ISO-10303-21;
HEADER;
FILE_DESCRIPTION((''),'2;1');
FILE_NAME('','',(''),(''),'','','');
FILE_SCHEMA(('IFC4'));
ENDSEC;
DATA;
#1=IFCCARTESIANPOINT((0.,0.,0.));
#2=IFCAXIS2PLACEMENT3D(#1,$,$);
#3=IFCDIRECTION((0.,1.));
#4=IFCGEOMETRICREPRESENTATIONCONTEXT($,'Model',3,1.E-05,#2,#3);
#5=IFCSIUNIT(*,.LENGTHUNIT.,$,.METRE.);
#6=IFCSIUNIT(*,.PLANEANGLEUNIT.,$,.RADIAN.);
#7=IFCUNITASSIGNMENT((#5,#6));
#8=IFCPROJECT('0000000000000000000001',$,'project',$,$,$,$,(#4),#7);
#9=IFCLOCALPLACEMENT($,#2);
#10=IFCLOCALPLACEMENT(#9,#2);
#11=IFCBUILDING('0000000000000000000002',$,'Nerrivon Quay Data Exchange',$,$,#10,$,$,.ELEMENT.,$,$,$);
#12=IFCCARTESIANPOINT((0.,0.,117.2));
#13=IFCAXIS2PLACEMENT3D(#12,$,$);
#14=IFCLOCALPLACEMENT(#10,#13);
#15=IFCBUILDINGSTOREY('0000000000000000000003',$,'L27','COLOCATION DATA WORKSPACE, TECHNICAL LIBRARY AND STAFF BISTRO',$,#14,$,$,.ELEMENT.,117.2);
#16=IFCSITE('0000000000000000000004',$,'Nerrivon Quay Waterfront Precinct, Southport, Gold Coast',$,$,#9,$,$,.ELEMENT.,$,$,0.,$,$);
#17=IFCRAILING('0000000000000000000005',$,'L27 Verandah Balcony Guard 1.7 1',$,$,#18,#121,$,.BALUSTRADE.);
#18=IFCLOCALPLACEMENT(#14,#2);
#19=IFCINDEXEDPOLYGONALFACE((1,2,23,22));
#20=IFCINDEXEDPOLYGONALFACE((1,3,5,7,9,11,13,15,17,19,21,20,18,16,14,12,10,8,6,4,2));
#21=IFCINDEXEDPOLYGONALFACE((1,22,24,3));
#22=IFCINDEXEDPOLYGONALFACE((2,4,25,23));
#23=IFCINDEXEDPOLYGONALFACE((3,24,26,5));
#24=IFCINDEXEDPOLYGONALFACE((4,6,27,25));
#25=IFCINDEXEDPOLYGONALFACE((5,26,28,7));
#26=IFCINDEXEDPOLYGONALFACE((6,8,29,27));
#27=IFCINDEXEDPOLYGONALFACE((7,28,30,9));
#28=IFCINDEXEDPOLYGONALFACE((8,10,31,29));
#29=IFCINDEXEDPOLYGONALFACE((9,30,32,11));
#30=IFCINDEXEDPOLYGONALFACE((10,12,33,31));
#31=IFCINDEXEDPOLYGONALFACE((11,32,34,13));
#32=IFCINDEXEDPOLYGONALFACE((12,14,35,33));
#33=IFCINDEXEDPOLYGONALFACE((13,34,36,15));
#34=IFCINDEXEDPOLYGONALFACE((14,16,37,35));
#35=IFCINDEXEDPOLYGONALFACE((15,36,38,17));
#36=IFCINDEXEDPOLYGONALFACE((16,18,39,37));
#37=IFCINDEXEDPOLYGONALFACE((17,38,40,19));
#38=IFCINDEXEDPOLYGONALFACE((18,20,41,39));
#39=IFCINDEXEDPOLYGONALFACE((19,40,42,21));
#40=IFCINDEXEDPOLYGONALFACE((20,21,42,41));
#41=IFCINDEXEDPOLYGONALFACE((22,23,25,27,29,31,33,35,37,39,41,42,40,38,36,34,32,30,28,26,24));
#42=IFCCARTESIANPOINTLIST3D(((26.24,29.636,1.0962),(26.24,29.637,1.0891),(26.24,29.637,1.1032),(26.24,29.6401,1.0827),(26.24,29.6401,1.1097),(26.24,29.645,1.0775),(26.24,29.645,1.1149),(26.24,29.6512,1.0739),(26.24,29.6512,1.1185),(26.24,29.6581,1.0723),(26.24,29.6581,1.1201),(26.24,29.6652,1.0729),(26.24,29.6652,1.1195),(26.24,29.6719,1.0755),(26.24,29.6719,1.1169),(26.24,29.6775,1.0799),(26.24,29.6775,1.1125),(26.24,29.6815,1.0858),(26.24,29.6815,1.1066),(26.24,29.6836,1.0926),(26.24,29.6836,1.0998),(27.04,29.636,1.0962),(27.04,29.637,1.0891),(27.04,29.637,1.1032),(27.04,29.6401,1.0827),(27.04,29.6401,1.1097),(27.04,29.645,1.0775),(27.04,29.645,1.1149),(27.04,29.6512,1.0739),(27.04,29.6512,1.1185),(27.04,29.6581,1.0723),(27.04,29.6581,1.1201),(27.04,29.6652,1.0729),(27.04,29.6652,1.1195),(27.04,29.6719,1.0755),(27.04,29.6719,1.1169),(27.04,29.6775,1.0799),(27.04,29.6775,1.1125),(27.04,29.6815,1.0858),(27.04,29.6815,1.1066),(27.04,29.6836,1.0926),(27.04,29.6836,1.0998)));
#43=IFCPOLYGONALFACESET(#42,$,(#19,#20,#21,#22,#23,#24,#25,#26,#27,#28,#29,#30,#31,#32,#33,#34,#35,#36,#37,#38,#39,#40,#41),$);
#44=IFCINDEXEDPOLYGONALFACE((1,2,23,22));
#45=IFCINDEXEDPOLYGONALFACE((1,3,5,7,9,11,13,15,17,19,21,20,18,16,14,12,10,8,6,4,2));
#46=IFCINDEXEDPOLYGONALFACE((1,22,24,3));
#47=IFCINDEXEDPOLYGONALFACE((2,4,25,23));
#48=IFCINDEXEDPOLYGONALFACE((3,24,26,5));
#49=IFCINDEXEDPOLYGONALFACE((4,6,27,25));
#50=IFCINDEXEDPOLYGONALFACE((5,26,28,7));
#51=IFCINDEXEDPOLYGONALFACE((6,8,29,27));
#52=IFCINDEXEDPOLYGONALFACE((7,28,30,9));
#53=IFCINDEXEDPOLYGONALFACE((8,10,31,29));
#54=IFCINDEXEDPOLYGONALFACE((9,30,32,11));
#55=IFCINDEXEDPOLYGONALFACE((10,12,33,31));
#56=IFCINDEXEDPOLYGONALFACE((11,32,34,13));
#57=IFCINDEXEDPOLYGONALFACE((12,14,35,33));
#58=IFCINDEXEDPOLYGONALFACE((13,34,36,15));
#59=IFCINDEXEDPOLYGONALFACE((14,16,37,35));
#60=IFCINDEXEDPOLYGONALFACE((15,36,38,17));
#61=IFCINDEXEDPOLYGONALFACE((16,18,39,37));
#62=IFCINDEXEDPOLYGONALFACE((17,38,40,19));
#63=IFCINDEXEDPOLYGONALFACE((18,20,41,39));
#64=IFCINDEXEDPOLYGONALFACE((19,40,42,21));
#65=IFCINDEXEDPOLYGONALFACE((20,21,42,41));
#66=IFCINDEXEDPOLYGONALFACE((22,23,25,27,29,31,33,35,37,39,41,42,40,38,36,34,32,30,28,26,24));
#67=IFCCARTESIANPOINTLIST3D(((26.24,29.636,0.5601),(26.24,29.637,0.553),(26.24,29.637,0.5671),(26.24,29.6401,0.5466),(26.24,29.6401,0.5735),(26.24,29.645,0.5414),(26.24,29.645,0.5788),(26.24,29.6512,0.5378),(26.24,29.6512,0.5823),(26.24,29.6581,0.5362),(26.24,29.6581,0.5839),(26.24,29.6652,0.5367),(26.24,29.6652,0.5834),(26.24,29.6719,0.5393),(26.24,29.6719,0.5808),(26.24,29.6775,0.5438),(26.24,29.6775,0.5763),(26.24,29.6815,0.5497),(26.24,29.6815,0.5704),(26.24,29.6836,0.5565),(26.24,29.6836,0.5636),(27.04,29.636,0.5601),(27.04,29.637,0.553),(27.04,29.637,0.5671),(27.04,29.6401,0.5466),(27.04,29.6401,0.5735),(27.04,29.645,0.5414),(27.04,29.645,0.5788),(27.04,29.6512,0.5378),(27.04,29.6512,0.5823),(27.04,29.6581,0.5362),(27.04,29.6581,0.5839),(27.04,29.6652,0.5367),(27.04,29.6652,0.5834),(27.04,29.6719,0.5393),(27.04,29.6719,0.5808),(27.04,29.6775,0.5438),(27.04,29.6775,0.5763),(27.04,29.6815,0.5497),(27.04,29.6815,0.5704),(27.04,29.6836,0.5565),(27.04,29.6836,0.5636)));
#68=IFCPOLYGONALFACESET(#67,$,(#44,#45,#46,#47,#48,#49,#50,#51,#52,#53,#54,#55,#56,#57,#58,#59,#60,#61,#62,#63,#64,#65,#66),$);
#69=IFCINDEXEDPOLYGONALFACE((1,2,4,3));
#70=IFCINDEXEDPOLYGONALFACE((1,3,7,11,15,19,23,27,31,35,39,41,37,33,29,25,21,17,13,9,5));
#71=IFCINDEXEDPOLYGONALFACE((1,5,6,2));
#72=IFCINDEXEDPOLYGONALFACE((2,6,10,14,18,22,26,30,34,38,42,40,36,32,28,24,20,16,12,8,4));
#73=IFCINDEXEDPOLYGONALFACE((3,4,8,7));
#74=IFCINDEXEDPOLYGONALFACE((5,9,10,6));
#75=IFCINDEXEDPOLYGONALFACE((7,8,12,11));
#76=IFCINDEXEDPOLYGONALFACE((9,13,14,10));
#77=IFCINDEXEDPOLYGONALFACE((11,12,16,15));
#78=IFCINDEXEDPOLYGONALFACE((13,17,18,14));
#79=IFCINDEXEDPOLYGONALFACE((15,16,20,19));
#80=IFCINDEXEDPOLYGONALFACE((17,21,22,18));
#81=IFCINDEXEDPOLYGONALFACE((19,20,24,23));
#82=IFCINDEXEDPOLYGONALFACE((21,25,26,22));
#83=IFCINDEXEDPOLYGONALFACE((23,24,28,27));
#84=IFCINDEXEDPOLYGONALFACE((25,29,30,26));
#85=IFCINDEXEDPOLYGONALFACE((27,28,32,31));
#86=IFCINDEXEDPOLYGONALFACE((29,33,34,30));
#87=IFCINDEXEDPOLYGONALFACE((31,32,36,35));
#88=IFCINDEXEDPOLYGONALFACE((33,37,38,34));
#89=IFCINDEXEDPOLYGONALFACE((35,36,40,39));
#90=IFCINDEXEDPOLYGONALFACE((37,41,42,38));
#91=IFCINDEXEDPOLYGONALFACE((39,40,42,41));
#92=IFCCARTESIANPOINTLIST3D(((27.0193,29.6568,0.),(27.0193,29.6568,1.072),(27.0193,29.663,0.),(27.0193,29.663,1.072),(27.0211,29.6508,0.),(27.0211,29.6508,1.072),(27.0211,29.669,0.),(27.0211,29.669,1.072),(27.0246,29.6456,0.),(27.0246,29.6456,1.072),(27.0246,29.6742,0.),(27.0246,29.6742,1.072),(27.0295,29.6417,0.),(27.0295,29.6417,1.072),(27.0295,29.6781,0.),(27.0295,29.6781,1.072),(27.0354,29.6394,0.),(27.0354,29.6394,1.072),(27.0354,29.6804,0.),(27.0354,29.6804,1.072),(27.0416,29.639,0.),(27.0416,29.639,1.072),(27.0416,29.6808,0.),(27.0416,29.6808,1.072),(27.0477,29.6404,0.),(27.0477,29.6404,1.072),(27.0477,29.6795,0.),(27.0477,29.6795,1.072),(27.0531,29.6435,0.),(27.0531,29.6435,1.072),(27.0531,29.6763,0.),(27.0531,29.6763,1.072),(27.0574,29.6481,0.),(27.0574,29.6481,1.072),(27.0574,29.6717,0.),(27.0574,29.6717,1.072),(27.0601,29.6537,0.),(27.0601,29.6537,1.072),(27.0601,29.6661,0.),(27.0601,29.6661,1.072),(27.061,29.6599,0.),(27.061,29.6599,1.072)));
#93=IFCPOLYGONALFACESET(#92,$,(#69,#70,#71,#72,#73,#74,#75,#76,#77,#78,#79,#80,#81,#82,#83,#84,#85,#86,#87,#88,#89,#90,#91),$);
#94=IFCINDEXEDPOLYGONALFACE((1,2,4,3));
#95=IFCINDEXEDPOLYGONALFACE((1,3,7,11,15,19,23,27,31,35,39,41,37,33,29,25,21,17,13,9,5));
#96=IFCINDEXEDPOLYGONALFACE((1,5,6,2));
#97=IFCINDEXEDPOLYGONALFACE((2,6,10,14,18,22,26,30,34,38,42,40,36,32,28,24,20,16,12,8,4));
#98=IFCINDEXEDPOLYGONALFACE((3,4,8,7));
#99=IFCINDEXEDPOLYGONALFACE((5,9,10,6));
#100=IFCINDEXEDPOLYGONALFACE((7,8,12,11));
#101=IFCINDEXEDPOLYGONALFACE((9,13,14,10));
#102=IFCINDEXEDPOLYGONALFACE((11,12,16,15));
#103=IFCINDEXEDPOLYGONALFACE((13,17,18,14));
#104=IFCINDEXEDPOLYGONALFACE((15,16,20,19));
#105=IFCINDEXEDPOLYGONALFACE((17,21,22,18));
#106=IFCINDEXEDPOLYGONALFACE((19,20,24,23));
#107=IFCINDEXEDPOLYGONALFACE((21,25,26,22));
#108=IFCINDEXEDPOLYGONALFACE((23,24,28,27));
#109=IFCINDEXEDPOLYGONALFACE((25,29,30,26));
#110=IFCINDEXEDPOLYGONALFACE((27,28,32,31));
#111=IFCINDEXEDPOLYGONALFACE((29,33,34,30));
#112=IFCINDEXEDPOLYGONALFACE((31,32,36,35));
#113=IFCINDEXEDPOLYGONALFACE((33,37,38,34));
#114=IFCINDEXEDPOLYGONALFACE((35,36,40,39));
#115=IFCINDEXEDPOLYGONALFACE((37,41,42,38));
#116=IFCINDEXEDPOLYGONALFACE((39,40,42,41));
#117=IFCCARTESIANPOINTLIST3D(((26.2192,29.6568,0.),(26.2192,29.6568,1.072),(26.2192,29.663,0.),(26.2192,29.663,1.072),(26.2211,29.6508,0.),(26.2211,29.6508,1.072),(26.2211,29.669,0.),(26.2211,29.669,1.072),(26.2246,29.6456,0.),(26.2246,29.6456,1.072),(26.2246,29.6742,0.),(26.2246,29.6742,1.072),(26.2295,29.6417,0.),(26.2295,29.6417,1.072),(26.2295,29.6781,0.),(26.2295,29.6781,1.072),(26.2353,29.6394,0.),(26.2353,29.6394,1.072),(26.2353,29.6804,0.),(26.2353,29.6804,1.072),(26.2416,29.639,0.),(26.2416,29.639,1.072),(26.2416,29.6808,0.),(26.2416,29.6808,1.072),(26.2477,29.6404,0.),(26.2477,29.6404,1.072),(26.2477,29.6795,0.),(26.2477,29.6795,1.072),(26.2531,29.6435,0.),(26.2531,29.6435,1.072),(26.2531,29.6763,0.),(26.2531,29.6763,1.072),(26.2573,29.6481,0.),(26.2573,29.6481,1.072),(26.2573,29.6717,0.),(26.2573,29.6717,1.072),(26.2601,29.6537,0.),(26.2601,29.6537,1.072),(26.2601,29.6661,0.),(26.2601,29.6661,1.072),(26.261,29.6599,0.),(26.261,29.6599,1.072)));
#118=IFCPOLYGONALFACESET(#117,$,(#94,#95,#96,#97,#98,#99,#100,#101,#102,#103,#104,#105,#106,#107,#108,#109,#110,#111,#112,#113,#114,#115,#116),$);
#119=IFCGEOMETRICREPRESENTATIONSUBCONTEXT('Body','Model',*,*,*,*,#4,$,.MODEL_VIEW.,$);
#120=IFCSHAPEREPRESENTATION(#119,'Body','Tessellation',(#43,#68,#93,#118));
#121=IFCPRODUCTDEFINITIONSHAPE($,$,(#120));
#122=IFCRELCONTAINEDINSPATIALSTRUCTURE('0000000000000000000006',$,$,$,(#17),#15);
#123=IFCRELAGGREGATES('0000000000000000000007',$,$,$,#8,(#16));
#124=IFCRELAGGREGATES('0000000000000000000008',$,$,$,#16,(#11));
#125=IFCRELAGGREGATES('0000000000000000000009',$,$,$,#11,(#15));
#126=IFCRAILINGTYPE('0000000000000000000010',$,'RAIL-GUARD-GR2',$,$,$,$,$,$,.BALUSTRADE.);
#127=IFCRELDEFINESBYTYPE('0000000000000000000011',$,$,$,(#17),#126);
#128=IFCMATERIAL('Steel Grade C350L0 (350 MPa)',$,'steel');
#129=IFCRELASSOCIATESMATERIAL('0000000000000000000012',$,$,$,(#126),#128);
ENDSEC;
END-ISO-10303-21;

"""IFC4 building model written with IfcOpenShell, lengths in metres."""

from ifc_helpers import new_model, si_unit, direction, frame, origin, origin_2d, place, context, subcontext, project, spatial, circle, extrude, material, type_object, element, save


model = new_model("IFC4")

# Units and contexts
model_context = context("Model", 3, precision=1e-05, world=origin(), true_north=direction((0.0, 1.0)))
body_context = subcontext(model_context, "Body", "Model", "MODEL_VIEW")
ifc_project = project(units=[si_unit("LENGTHUNIT", "METRE"), si_unit("PLANEANGLEUNIT", "RADIAN")], contexts=[model_context])

# Site, building, storey
site_placement = place(None, origin())
site = spatial("IfcSite", under=ifc_project, at=site_placement, Name="Nerrivon Quay Waterfront Precinct, Southport, Gold Coast", CompositionType="ELEMENT", RefElevation=0.0)
building_placement = place(site_placement, origin())
building = spatial("IfcBuilding", under=site, at=building_placement, Name="Nerrivon Quay Data Exchange", CompositionType="ELEMENT")
storey_placement = place(building_placement, frame((0.0, 0.0, 117.2)))
storey = spatial("IfcBuildingStorey", under=building, at=storey_placement, Name="L27", Description="COLOCATION DATA WORKSPACE, TECHNICAL LIBRARY AND STAFF BISTRO", CompositionType="ELEMENT", Elevation=117.2)

# Railing
ifc_material_1 = material(Name="Steel Grade C350L0 (350 MPa)", Category="steel")
railing_type = type_object("IfcRailingType", Name="RAIL-GUARD-GR2", PredefinedType="BALUSTRADE", material=ifc_material_1)
railing_1_placement = place(storey_placement, frame((27.04, 29.6599, 0.0)))
element("IfcRailing", 1, at=railing_1_placement, inside=storey, type_object=railing_type, Name="L27 Verandah Balcony Guard 1.7 1", PredefinedType="BALUSTRADE", context=body_context, shape_type="SweptSolid", body=[
    extrude(circle(Radius=0.0239, at=origin_2d()), frame((0.0, 0.0, 1.0962), z_axis=(-1.0, 0.0, 0.0), x_axis=(0.0, -1.0, 0.0)), (0.0, 0.0, 1.0), 0.8),
    extrude(circle(Radius=0.0239, at=origin_2d()), frame((0.0, 0.0, 0.5601), z_axis=(-1.0, 0.0, 0.0), x_axis=(0.0, -1.0, 0.0)), (0.0, 0.0, 1.0), 0.8),
    extrude(circle(Radius=0.021, at=origin_2d()), origin(), (0.0, 0.0, 1.0), 1.072),
    extrude(circle(Radius=0.021, at=origin_2d()), frame((-0.8, 0.0, 0.0)), (0.0, 0.0, 1.0), 1.072),
])

save(model, "model.ifc")
